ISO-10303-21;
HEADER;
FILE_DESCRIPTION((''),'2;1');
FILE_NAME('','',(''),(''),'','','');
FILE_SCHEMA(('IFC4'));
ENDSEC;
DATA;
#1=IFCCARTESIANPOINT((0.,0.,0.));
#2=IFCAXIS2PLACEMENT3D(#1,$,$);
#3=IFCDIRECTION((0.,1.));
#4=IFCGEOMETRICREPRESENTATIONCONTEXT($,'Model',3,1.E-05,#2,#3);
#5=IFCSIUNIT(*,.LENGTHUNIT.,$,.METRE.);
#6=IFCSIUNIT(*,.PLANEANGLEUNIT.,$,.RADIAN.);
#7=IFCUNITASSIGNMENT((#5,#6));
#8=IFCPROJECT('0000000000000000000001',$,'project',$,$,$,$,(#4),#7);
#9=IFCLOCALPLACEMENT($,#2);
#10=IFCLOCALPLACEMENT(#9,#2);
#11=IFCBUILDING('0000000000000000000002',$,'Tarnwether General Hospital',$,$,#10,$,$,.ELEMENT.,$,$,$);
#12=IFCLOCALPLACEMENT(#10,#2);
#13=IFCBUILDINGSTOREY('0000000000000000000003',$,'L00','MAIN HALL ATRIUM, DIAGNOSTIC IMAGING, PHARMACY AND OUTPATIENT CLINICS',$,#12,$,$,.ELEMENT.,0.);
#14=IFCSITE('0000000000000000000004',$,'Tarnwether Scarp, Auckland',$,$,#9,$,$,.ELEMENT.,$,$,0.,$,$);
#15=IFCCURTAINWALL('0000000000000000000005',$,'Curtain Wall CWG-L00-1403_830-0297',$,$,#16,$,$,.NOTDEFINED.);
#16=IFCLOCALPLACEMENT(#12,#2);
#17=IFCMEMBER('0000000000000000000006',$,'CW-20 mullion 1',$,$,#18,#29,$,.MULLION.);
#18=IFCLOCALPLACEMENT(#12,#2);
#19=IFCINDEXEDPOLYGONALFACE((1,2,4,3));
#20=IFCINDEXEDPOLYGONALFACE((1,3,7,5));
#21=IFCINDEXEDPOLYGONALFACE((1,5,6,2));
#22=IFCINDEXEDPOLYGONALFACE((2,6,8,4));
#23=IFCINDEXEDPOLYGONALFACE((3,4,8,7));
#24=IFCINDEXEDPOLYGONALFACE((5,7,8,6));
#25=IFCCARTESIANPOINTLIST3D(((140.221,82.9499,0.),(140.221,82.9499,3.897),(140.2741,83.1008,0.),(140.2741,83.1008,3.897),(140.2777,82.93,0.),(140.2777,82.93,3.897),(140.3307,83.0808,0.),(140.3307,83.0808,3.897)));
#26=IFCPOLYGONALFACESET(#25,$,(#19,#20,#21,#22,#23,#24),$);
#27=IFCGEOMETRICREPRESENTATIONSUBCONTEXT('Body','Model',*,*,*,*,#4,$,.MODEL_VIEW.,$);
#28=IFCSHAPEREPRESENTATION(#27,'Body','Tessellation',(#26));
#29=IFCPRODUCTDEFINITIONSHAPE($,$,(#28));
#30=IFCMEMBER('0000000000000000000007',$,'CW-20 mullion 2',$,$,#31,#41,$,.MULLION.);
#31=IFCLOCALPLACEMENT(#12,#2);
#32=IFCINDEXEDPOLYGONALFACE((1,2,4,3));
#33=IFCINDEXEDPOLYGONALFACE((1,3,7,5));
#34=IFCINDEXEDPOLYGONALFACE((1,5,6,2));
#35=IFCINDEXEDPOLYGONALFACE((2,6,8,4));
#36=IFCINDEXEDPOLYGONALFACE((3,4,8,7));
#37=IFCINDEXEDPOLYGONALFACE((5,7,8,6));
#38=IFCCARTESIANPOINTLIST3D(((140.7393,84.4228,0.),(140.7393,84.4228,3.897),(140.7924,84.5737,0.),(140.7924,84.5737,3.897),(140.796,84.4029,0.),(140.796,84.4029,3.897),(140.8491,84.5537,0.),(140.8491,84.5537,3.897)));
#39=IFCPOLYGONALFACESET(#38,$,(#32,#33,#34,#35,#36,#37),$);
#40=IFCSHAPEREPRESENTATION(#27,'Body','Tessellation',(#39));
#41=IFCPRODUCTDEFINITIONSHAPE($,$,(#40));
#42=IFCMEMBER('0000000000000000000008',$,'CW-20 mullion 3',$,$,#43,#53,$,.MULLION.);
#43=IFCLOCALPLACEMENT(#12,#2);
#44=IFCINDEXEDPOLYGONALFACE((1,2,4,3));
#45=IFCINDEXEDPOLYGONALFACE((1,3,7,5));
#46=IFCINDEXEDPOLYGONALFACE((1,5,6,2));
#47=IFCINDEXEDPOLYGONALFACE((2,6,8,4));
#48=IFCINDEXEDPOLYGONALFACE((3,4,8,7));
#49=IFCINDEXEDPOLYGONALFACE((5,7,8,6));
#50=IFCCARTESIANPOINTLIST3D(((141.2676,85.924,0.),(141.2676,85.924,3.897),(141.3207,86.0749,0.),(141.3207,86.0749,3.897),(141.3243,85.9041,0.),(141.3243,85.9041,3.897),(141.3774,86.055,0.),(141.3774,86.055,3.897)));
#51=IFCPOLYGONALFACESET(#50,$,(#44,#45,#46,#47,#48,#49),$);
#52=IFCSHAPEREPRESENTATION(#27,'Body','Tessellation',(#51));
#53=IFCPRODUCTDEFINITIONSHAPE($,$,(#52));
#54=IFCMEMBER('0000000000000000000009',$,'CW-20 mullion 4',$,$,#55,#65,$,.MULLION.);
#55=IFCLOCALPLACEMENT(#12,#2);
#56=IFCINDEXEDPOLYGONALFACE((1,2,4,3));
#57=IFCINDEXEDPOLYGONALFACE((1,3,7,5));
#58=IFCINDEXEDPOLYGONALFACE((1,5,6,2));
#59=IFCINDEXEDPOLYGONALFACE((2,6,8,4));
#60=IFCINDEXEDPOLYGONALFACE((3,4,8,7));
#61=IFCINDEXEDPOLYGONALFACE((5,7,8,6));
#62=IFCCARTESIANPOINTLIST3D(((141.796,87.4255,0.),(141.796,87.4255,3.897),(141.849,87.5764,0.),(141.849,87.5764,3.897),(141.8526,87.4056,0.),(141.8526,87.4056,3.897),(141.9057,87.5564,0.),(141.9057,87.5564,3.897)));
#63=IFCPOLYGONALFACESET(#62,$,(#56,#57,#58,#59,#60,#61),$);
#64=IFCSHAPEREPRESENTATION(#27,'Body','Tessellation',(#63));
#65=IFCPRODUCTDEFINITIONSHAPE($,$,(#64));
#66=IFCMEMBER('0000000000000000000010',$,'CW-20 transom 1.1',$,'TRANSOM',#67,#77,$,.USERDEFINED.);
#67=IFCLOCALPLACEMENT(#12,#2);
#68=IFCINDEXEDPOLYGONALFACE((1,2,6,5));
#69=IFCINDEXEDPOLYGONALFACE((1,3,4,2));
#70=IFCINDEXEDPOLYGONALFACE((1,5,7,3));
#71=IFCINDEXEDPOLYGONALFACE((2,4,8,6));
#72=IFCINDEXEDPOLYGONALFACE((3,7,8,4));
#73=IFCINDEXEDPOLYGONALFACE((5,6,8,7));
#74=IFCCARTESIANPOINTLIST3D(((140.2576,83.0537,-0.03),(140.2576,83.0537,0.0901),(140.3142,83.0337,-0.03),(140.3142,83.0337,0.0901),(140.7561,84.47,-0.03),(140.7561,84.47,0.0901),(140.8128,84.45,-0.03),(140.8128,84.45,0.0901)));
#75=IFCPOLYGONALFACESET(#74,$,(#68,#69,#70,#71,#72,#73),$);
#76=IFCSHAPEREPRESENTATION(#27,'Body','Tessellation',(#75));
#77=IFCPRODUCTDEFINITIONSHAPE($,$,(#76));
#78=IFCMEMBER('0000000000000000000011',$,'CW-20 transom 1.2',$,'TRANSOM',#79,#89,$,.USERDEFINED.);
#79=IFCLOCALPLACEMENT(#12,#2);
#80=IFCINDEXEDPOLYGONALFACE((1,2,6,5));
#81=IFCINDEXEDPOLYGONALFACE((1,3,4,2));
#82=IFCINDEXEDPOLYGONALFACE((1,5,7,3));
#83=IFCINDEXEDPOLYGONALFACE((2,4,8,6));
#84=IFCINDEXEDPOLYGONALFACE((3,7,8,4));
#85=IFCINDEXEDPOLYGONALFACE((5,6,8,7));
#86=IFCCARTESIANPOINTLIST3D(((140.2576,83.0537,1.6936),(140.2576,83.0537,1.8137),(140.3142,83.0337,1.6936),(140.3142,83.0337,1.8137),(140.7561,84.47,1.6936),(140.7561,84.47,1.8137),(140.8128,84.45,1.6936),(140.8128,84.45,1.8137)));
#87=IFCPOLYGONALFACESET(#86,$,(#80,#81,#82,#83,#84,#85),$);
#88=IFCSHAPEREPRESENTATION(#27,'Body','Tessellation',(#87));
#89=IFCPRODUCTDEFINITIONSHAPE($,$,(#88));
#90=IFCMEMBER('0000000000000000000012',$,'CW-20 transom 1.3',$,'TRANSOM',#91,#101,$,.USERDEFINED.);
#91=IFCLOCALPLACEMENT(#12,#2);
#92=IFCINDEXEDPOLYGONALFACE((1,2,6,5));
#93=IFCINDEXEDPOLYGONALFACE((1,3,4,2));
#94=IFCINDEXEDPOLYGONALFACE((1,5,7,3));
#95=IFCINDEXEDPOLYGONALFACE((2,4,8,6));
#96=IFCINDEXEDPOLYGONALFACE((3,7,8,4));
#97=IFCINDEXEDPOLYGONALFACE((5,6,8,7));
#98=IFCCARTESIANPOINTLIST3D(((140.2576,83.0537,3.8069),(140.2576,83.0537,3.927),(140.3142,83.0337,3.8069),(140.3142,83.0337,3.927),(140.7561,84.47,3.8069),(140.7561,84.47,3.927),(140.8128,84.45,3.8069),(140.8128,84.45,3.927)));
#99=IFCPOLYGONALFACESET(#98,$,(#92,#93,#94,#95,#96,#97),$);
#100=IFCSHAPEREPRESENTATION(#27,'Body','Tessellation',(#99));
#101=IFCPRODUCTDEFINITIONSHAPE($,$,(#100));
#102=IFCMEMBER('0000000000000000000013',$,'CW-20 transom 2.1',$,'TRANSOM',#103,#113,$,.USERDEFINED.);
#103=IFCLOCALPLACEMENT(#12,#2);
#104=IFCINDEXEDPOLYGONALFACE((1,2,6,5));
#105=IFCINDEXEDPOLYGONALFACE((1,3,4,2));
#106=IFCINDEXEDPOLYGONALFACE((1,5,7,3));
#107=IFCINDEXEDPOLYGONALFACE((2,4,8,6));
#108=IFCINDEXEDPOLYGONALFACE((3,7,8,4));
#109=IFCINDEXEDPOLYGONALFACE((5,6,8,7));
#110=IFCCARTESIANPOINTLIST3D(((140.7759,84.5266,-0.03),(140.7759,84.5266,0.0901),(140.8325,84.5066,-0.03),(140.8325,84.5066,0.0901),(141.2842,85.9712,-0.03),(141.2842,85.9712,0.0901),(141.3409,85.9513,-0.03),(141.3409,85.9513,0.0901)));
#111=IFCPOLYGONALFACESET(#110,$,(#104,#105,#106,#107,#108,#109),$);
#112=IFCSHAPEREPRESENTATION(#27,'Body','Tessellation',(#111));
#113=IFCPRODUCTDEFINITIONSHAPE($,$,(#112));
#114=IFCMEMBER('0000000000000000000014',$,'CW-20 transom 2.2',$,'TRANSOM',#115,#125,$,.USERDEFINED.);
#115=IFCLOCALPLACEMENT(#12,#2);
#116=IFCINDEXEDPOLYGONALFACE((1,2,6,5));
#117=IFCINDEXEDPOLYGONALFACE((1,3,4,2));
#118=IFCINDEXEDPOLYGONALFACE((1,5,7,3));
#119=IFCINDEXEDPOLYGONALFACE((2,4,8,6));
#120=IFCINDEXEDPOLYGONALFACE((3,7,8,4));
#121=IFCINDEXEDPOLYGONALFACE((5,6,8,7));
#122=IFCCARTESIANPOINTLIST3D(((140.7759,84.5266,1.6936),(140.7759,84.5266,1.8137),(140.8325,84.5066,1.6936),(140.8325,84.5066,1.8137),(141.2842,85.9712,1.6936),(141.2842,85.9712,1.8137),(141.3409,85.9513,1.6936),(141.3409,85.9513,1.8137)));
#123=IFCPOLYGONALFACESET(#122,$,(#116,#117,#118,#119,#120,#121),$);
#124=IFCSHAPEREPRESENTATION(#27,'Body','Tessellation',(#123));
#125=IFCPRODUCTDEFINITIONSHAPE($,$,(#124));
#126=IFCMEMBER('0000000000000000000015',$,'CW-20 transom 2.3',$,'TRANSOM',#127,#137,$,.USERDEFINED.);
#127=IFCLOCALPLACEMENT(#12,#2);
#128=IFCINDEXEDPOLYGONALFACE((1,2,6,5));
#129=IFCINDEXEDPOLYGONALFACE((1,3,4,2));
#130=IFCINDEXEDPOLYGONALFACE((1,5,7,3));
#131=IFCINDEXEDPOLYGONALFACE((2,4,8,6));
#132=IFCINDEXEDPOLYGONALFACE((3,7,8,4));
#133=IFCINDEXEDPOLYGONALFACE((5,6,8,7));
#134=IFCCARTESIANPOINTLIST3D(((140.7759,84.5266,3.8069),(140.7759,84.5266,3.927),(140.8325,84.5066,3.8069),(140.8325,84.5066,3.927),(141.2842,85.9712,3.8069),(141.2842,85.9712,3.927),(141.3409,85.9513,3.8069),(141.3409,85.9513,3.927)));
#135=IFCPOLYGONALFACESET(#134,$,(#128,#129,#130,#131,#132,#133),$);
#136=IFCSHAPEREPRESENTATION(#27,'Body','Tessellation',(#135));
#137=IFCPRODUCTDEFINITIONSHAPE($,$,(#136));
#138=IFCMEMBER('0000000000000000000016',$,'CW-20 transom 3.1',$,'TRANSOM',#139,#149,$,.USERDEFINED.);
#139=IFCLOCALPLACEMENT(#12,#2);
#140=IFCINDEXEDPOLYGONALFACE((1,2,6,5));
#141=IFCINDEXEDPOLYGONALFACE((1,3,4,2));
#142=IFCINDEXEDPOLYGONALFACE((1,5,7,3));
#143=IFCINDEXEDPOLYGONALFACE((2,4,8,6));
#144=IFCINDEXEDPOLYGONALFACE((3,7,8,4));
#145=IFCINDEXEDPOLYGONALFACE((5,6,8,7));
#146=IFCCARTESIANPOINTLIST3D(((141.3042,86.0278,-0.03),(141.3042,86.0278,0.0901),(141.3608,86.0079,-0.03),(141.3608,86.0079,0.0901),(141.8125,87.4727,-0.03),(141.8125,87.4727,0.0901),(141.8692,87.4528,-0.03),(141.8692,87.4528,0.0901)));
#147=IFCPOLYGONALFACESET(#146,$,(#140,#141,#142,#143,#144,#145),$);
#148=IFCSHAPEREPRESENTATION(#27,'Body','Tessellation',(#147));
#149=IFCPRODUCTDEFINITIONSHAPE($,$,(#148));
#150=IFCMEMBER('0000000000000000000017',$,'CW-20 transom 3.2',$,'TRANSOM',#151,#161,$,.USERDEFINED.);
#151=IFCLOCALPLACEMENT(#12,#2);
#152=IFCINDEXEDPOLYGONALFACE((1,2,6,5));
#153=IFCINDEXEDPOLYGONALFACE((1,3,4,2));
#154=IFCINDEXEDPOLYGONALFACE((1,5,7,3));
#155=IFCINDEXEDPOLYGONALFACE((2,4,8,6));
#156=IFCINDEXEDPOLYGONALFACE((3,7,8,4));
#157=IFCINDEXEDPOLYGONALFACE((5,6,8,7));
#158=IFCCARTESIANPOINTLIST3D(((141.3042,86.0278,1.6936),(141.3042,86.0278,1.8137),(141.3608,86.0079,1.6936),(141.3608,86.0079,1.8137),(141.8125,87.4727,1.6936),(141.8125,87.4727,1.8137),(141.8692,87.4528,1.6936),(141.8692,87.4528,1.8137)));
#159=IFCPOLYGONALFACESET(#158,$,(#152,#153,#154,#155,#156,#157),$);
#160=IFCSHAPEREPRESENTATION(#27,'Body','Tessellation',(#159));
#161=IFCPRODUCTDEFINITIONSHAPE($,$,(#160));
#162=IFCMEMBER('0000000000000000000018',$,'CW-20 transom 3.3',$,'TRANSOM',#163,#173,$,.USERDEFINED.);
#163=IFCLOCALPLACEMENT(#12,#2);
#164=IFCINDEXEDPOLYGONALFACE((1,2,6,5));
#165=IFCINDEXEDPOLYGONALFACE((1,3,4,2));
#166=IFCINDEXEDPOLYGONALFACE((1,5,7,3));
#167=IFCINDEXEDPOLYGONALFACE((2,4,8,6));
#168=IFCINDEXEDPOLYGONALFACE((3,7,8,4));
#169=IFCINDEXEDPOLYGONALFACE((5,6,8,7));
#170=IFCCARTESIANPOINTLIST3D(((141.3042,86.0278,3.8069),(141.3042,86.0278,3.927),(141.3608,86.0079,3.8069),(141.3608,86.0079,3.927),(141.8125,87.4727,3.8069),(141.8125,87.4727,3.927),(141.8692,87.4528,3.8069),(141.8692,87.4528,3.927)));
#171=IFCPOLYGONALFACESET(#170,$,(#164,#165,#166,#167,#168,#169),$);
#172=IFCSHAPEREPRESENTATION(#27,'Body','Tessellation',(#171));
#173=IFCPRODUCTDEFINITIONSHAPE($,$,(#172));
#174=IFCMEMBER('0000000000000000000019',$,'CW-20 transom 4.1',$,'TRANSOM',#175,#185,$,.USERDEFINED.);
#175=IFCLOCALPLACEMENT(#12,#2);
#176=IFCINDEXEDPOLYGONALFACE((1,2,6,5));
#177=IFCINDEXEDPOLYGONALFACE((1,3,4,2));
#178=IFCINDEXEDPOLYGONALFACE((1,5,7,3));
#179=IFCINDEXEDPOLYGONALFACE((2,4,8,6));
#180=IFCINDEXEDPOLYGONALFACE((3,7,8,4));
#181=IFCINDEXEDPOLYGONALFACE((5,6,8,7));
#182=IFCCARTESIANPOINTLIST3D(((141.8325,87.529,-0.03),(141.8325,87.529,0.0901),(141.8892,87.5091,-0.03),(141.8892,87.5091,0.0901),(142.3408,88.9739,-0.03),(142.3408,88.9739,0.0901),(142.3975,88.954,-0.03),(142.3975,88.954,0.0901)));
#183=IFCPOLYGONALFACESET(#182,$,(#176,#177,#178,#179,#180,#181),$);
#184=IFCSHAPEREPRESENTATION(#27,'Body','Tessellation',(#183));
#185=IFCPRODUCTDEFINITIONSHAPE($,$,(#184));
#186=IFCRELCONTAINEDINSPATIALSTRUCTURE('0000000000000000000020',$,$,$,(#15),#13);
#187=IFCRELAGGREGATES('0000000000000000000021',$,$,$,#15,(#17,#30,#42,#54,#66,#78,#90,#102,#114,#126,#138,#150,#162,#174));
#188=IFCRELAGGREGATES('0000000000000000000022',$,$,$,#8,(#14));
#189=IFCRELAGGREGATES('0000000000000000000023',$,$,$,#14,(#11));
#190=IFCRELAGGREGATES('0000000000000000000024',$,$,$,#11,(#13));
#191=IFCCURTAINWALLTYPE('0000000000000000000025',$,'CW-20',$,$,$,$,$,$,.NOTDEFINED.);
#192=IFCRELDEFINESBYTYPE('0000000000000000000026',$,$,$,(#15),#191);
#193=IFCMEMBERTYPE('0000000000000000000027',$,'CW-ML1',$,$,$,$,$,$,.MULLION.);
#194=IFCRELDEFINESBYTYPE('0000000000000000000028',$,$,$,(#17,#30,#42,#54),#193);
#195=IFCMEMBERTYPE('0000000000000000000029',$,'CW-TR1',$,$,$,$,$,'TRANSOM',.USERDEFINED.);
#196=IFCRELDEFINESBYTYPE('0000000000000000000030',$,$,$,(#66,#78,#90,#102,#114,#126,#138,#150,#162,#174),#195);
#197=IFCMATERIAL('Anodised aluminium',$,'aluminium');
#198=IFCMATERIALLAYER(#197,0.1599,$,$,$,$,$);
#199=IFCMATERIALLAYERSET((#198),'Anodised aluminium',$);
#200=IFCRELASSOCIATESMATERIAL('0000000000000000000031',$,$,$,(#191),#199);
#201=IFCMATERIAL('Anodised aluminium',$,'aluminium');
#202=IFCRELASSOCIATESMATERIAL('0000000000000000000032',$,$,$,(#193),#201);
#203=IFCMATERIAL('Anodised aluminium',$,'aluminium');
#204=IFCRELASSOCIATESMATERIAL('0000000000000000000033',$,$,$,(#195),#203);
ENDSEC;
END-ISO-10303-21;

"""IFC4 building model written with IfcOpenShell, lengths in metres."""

from ifc_helpers import new_model, si_unit, direction, frame, origin, origin_2d, place, context, subcontext, project, spatial, rectangle, extrude, material, layer, layer_set, material_profile, profile_set, type_object, element, aggregate, save


model = new_model("IFC4")

# Units and contexts
model_context = context("Model", 3, precision=1e-05, world=origin(), true_north=direction((0.0, 1.0)))
body_context = subcontext(model_context, "Body", "Model", "MODEL_VIEW")
ifc_project = project(units=[si_unit("LENGTHUNIT", "METRE"), si_unit("PLANEANGLEUNIT", "RADIAN")], contexts=[model_context])

# Site, building, storey
site_placement = place(None, origin())
site = spatial("IfcSite", under=ifc_project, at=site_placement, Name="Tarnwether Scarp, Auckland", CompositionType="ELEMENT", RefElevation=0.0)
building_placement = place(site_placement, origin())
building = spatial("IfcBuilding", under=site, at=building_placement, Name="Tarnwether General Hospital", CompositionType="ELEMENT")
storey_placement = place(building_placement, origin())
storey = spatial("IfcBuildingStorey", under=building, at=storey_placement, Name="L00", Description="MAIN HALL ATRIUM, DIAGNOSTIC IMAGING, PHARMACY AND OUTPATIENT CLINICS", CompositionType="ELEMENT", Elevation=0.0)

# Curtain wall, members
ifc_material_1 = material(Name="Anodised aluminium", Category="aluminium")
ifc_layer_1 = layer(ifc_material_1, 0.1599)
ifc_layer_set_1 = layer_set([ifc_layer_1], Name="Anodised aluminium")
curtain_wall_type = type_object("IfcCurtainWallType", Name="CW-20", PredefinedType="NOTDEFINED", material=ifc_layer_set_1)
curtain_wall_placement = place(storey_placement, origin())
curtain_wall = element("IfcCurtainWall", 1, at=curtain_wall_placement, inside=storey, type_object=curtain_wall_type, Name="Curtain Wall CWG-L00-1403_830-0297", PredefinedType="NOTDEFINED")
ifc_material_2 = material(Name="Anodised aluminium", Category="aluminium")
ifc_material_profile_1 = material_profile(ifc_material_2, rectangle(XDim=0.0601, YDim=0.1599, at=origin_2d()), Name="ALU-MUL-60x160")
ifc_profile_set_1 = profile_set([ifc_material_profile_1], Name="Anodised aluminium")
member_type_1 = type_object("IfcMemberType", Name="CW-ML1", PredefinedType="MULLION", material=ifc_profile_set_1)
member_1_placement = place(storey_placement, frame((140.2759, 83.0154, 0.0), z_axis=(0.0, 0.0, 1.0), x_axis=(-0.943301, 0.331937, 0.0)))
member_1 = element("IfcMember", 2, at=member_1_placement, type_object=member_type_1, Name="CW-20 mullion 1", PredefinedType="MULLION", context=body_context, shape_type="SweptSolid", body=[
    extrude(rectangle(XDim=0.0601, YDim=0.1599, at=origin_2d()), origin(), (0.0, 0.0, 1.0), 3.897),
])
member_2_placement = place(storey_placement, frame((140.7942, 84.4883, 0.0), z_axis=(0.0, 0.0, 1.0), x_axis=(-0.943301, 0.331937, 0.0)))
member_2 = element("IfcMember", 3, at=member_2_placement, type_object=member_type_1, Name="CW-20 mullion 2", PredefinedType="MULLION", context=body_context, shape_type="SweptSolid", body=[
    extrude(rectangle(XDim=0.0601, YDim=0.1599, at=origin_2d()), origin(), (0.0, 0.0, 1.0), 3.897),
])
member_3_placement = place(storey_placement, frame((141.3225, 85.9895, 0.0), z_axis=(0.0, 0.0, 1.0), x_axis=(-0.943301, 0.331937, 0.0)))
member_3 = element("IfcMember", 4, at=member_3_placement, type_object=member_type_1, Name="CW-20 mullion 3", PredefinedType="MULLION", context=body_context, shape_type="SweptSolid", body=[
    extrude(rectangle(XDim=0.0601, YDim=0.1599, at=origin_2d()), origin(), (0.0, 0.0, 1.0), 3.897),
])
member_4_placement = place(storey_placement, frame((141.8508, 87.491, 0.0), z_axis=(0.0, 0.0, 1.0), x_axis=(-0.943301, 0.331937, 0.0)))
member_4 = element("IfcMember", 5, at=member_4_placement, type_object=member_type_1, Name="CW-20 mullion 4", PredefinedType="MULLION", context=body_context, shape_type="SweptSolid", body=[
    extrude(rectangle(XDim=0.0601, YDim=0.1599, at=origin_2d()), origin(), (0.0, 0.0, 1.0), 3.897),
])
ifc_material_3 = material(Name="Anodised aluminium", Category="aluminium")
ifc_material_profile_2 = material_profile(ifc_material_3, rectangle(XDim=0.0601, YDim=0.1201, at=origin_2d()), Name="ALU-TRN-60x120")
ifc_profile_set_2 = profile_set([ifc_material_profile_2], Name="Anodised aluminium")
member_type_2 = type_object("IfcMemberType", Name="CW-TR1", ElementType="TRANSOM", PredefinedType="USERDEFINED", material=ifc_profile_set_2)
member_5_placement = place(storey_placement, frame((140.2859, 83.0437, 0.03), z_axis=(0.332038, 0.943266, 0.0), x_axis=(-0.943266, 0.332038, 0.0)))
member_5 = element("IfcMember", 6, at=member_5_placement, type_object=member_type_2, Name="CW-20 transom 1.1", ObjectType="TRANSOM", PredefinedType="USERDEFINED", context=body_context, shape_type="SweptSolid", body=[
    extrude(rectangle(XDim=0.0601, YDim=0.1201, at=origin_2d()), origin(), (0.0, 0.0, 1.0), 1.5015),
])
member_6_placement = place(storey_placement, frame((140.2859, 83.0437, 1.7537), z_axis=(0.332038, 0.943266, 0.0), x_axis=(-0.943266, 0.332038, 0.0)))
member_6 = element("IfcMember", 7, at=member_6_placement, type_object=member_type_2, Name="CW-20 transom 1.2", ObjectType="TRANSOM", PredefinedType="USERDEFINED", context=body_context, shape_type="SweptSolid", body=[
    extrude(rectangle(XDim=0.0601, YDim=0.1201, at=origin_2d()), origin(), (0.0, 0.0, 1.0), 1.5015),
])
member_7_placement = place(storey_placement, frame((140.2859, 83.0437, 3.8669), z_axis=(0.332038, 0.943266, 0.0), x_axis=(-0.943266, 0.332038, 0.0)))
member_7 = element("IfcMember", 8, at=member_7_placement, type_object=member_type_2, Name="CW-20 transom 1.3", ObjectType="TRANSOM", PredefinedType="USERDEFINED", context=body_context, shape_type="SweptSolid", body=[
    extrude(rectangle(XDim=0.0601, YDim=0.1201, at=origin_2d()), origin(), (0.0, 0.0, 1.0), 1.5015),
])
member_8_placement = place(storey_placement, frame((140.8042, 84.5166, 0.03), z_axis=(0.331919, 0.943308, 0.0), x_axis=(-0.943308, 0.331919, 0.0)))
member_8 = element("IfcMember", 9, at=member_8_placement, type_object=member_type_2, Name="CW-20 transom 2.1", ObjectType="TRANSOM", PredefinedType="USERDEFINED", context=body_context, shape_type="SweptSolid", body=[
    extrude(rectangle(XDim=0.0601, YDim=0.1201, at=origin_2d()), origin(), (0.0, 0.0, 1.0), 1.5315),
])
member_9_placement = place(storey_placement, frame((140.8042, 84.5166, 1.7537), z_axis=(0.331919, 0.943308, 0.0), x_axis=(-0.943308, 0.331919, 0.0)))
member_9 = element("IfcMember", 10, at=member_9_placement, type_object=member_type_2, Name="CW-20 transom 2.2", ObjectType="TRANSOM", PredefinedType="USERDEFINED", context=body_context, shape_type="SweptSolid", body=[
    extrude(rectangle(XDim=0.0601, YDim=0.1201, at=origin_2d()), origin(), (0.0, 0.0, 1.0), 1.5315),
])
member_10_placement = place(storey_placement, frame((140.8042, 84.5166, 3.8669), z_axis=(0.331919, 0.943308, 0.0), x_axis=(-0.943308, 0.331919, 0.0)))
member_10 = element("IfcMember", 11, at=member_10_placement, type_object=member_type_2, Name="CW-20 transom 2.3", ObjectType="TRANSOM", PredefinedType="USERDEFINED", context=body_context, shape_type="SweptSolid", body=[
    extrude(rectangle(XDim=0.0601, YDim=0.1201, at=origin_2d()), origin(), (0.0, 0.0, 1.0), 1.5315),
])
member_11_placement = place(storey_placement, frame((141.3325, 86.0178, 0.03), z_axis=(0.331869, 0.943325, 0.0), x_axis=(-0.943325, 0.331869, 0.0)))
member_11 = element("IfcMember", 12, at=member_11_placement, type_object=member_type_2, Name="CW-20 transom 3.1", ObjectType="TRANSOM", PredefinedType="USERDEFINED", context=body_context, shape_type="SweptSolid", body=[
    extrude(rectangle(XDim=0.0601, YDim=0.1201, at=origin_2d()), origin(), (0.0, 0.0, 1.0), 1.5317),
])
member_12_placement = place(storey_placement, frame((141.3325, 86.0178, 1.7537), z_axis=(0.331869, 0.943325, 0.0), x_axis=(-0.943325, 0.331869, 0.0)))
member_12 = element("IfcMember", 13, at=member_12_placement, type_object=member_type_2, Name="CW-20 transom 3.2", ObjectType="TRANSOM", PredefinedType="USERDEFINED", context=body_context, shape_type="SweptSolid", body=[
    extrude(rectangle(XDim=0.0601, YDim=0.1201, at=origin_2d()), origin(), (0.0, 0.0, 1.0), 1.5317),
])
member_13_placement = place(storey_placement, frame((141.3325, 86.0178, 3.8669), z_axis=(0.331869, 0.943325, 0.0), x_axis=(-0.943325, 0.331869, 0.0)))
member_13 = element("IfcMember", 14, at=member_13_placement, type_object=member_type_2, Name="CW-20 transom 3.3", ObjectType="TRANSOM", PredefinedType="USERDEFINED", context=body_context, shape_type="SweptSolid", body=[
    extrude(rectangle(XDim=0.0601, YDim=0.1201, at=origin_2d()), origin(), (0.0, 0.0, 1.0), 1.5317),
])
member_14_placement = place(storey_placement, frame((141.8608, 87.519, 0.03), z_axis=(0.331869, 0.943325, 0.0), x_axis=(-0.943325, 0.331869, 0.0)))
member_14 = element("IfcMember", 15, at=member_14_placement, type_object=member_type_2, Name="CW-20 transom 4.1", ObjectType="TRANSOM", PredefinedType="USERDEFINED", context=body_context, shape_type="SweptSolid", body=[
    extrude(rectangle(XDim=0.0601, YDim=0.1201, at=origin_2d()), origin(), (0.0, 0.0, 1.0), 1.5317),
])
aggregate(curtain_wall, [member_1, member_2, member_3, member_4, member_5, member_6, member_7, member_8, member_9, member_10, member_11, member_12, member_13, member_14])

save(model, "model.ifc")
